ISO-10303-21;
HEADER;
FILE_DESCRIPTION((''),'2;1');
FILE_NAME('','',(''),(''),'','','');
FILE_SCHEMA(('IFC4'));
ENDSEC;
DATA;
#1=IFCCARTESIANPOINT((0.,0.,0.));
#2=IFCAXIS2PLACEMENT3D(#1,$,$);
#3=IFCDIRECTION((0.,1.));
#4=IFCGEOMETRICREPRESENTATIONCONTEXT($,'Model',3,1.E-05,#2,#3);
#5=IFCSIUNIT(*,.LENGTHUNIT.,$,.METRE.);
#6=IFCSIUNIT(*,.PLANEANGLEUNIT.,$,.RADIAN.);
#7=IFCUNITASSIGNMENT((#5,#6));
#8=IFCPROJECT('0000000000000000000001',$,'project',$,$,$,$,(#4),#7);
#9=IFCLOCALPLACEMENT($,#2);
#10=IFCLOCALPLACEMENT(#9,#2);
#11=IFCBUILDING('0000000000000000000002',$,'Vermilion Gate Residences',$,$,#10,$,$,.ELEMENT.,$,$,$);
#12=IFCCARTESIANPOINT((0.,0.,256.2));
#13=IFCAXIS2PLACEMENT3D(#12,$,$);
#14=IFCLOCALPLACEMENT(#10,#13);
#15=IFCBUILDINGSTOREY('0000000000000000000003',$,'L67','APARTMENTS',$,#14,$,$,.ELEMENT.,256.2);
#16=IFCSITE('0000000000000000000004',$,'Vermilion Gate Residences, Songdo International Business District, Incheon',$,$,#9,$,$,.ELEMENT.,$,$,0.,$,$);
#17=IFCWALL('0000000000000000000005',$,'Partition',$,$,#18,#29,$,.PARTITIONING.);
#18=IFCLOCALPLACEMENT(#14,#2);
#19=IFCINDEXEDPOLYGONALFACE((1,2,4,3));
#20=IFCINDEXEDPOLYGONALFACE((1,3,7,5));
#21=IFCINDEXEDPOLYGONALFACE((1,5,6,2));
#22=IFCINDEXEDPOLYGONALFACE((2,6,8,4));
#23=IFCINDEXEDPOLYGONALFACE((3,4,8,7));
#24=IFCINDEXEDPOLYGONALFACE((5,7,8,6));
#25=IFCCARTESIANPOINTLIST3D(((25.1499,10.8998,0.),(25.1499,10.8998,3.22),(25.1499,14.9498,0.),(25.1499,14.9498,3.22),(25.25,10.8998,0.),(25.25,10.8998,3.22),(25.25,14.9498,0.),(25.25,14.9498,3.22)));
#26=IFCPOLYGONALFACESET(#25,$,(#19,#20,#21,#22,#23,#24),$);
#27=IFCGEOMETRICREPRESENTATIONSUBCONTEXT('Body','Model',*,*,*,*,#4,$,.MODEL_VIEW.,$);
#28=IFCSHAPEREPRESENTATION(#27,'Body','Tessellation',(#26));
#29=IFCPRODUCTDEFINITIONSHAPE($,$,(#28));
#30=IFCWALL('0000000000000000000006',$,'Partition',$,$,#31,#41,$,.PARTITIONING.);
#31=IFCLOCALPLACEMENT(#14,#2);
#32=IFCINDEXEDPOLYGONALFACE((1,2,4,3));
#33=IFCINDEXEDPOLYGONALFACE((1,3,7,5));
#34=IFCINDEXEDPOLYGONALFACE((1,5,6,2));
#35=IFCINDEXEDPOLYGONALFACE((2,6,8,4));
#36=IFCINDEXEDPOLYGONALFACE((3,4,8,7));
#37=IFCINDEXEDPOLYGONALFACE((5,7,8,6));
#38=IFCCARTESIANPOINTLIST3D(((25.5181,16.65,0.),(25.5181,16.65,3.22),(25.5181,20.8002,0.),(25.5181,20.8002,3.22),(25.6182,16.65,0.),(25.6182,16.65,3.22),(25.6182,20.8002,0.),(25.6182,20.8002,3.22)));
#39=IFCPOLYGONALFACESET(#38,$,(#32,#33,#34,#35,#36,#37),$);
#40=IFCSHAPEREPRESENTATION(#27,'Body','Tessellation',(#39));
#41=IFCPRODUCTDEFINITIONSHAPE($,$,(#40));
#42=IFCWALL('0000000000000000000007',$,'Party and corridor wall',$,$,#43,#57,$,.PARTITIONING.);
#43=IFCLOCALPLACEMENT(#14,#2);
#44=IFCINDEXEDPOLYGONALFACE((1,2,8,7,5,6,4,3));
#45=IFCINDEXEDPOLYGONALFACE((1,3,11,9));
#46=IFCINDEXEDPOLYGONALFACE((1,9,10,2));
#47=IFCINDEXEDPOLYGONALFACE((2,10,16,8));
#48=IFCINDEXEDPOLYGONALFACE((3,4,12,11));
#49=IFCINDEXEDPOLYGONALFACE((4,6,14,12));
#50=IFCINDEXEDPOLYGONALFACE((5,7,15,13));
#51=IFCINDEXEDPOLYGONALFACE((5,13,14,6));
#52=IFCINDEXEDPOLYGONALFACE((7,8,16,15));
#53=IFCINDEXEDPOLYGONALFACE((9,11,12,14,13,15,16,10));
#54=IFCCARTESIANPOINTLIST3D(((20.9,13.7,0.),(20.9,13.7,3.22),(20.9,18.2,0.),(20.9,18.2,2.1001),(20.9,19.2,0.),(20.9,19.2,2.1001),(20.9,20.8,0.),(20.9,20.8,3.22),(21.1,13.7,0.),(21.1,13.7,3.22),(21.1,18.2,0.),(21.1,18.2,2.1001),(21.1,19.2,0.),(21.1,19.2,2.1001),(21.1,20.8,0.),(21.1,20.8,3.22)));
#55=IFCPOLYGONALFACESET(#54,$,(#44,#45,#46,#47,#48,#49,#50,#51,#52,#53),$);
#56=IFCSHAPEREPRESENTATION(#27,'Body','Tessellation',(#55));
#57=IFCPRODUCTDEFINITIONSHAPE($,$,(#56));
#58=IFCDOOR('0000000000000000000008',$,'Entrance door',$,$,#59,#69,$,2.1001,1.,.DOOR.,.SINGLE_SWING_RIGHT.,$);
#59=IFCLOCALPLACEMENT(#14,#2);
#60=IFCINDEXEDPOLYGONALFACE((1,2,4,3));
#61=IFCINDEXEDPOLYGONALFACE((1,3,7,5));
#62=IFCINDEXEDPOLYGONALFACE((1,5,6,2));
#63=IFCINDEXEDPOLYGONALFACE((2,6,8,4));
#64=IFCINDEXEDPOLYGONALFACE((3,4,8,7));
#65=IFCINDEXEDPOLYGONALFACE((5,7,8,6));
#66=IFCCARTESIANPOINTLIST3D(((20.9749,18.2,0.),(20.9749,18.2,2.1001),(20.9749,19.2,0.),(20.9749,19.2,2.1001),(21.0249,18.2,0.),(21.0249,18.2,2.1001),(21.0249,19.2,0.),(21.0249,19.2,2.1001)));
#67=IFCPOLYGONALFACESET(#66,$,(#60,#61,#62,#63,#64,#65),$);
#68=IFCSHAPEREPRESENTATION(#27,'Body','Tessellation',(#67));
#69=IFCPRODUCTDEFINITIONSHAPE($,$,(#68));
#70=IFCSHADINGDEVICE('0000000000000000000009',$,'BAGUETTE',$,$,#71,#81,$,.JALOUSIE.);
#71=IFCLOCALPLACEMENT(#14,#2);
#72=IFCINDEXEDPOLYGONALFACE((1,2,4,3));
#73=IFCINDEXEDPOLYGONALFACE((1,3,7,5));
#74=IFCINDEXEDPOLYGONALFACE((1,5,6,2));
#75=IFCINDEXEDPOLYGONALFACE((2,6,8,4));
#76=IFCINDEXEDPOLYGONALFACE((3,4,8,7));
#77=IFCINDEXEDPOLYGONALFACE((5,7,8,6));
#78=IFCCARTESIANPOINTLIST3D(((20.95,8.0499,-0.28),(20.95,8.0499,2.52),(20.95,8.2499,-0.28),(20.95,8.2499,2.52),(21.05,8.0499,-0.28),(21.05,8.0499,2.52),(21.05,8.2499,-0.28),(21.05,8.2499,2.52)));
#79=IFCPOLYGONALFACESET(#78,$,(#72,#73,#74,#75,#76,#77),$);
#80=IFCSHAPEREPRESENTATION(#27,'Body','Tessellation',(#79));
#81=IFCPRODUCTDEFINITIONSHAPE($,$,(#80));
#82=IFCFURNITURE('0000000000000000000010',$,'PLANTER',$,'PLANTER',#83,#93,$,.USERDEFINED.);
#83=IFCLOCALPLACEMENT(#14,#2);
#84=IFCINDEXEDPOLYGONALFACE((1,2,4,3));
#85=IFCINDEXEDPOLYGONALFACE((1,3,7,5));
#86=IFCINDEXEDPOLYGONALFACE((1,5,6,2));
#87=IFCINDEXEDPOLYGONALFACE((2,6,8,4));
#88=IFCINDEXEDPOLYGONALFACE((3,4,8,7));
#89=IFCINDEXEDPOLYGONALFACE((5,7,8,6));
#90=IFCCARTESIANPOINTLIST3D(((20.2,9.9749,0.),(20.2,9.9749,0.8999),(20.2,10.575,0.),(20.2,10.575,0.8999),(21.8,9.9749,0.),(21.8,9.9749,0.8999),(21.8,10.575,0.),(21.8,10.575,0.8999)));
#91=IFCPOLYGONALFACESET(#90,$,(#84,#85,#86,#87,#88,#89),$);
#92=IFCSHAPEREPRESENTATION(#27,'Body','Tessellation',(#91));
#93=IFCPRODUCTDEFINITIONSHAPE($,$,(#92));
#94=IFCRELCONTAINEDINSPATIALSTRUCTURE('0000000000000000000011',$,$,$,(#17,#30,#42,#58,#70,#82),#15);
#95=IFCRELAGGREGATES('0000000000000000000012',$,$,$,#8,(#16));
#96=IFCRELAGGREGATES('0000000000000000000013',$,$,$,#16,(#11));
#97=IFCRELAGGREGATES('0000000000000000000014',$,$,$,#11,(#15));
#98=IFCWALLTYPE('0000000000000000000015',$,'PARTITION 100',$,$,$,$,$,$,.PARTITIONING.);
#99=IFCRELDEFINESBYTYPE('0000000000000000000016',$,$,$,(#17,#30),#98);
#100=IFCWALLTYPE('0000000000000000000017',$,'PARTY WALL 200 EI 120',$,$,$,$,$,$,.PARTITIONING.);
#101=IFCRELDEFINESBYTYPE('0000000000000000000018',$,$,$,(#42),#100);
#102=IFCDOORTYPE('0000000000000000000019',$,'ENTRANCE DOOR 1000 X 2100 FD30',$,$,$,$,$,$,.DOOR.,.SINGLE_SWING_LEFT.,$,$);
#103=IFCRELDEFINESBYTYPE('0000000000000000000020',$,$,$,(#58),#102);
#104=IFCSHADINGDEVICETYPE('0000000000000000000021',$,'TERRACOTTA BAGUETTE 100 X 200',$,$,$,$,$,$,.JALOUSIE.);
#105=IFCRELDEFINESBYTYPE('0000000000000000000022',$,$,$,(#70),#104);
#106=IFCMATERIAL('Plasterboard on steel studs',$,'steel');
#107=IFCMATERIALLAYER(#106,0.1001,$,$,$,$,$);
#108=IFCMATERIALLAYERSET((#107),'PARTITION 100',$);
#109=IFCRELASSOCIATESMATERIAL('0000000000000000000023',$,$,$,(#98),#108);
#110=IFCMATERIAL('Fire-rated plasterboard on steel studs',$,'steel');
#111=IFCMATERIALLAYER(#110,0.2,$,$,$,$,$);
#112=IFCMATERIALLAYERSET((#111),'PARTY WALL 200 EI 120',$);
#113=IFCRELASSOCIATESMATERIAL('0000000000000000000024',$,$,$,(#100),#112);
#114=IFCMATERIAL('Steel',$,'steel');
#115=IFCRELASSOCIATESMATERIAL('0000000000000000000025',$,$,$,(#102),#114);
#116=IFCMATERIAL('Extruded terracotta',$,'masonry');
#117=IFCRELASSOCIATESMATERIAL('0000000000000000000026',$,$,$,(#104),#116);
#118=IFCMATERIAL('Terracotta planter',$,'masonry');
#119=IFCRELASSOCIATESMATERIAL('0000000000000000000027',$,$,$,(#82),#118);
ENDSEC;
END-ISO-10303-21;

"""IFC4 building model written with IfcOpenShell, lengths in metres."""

from ifc_helpers import new_model, si_unit, direction, frame, frame_2d, origin, origin_2d, place, context, subcontext, project, spatial, rectangle, extrude, material, layer, layer_set, material_profile, profile_set, type_object, element, fill, save


model = new_model("IFC4")

# Units and contexts
model_context = context("Model", 3, precision=1e-05, world=origin(), true_north=direction((0.0, 1.0)))
body_context = subcontext(model_context, "Body", "Model", "MODEL_VIEW")
ifc_project = project(units=[si_unit("LENGTHUNIT", "METRE"), si_unit("PLANEANGLEUNIT", "RADIAN")], contexts=[model_context])

# Site, building, storey
site_placement = place(None, origin())
site = spatial("IfcSite", under=ifc_project, at=site_placement, Name="Vermilion Gate Residences, Songdo International Business District, Incheon", CompositionType="ELEMENT", RefElevation=0.0)
building_placement = place(site_placement, origin())
building = spatial("IfcBuilding", under=site, at=building_placement, Name="Vermilion Gate Residences", CompositionType="ELEMENT")
storey_placement = place(building_placement, frame((0.0, 0.0, 256.2)))
storey = spatial("IfcBuildingStorey", under=building, at=storey_placement, Name="L67", Description="APARTMENTS", CompositionType="ELEMENT", Elevation=256.2)

# Shared definitions
ifc_material_1 = material(Name="Plasterboard on steel studs", Category="steel")
ifc_layer_1 = layer(ifc_material_1, 0.1001)
ifc_layer_set_1 = layer_set([ifc_layer_1], Name="PARTITION 100")
wall_type_1 = type_object("IfcWallType", Name="PARTITION 100", PredefinedType="PARTITIONING", material=ifc_layer_set_1)

# Walls
wall_1_placement = place(storey_placement, frame((25.2, 10.8999, 0.0), z_axis=(0.0, 0.0, 1.0), x_axis=(0.0, 1.0, 0.0)))
element("IfcWall", 1, at=wall_1_placement, inside=storey, type_object=wall_type_1, Name="Partition", PredefinedType="PARTITIONING", context=body_context, shape_type="SweptSolid", body=[
    extrude(rectangle(XDim=4.05, YDim=0.1001, at=frame_2d((2.0249, 0.0))), origin(), (0.0, 0.0, 1.0), 3.22),
])
wall_2_placement = place(storey_placement, frame((25.5681, 16.6499, 0.0), z_axis=(0.0, 0.0, 1.0), x_axis=(0.0, 1.0, 0.0)))
element("IfcWall", 2, at=wall_2_placement, inside=storey, type_object=wall_type_1, Name="Partition", PredefinedType="PARTITIONING", context=body_context, shape_type="SweptSolid", body=[
    extrude(rectangle(XDim=4.1501, YDim=0.1001, at=frame_2d((2.0752, 0.0))), origin(), (0.0, 0.0, 1.0), 3.22),
])

# Wall, opening, door
ifc_material_2 = material(Name="Fire-rated plasterboard on steel studs", Category="steel")
ifc_layer_2 = layer(ifc_material_2, 0.2)
ifc_layer_set_2 = layer_set([ifc_layer_2], Name="PARTY WALL 200 EI 120")
wall_type_2 = type_object("IfcWallType", Name="PARTY WALL 200 EI 120", PredefinedType="PARTITIONING", material=ifc_layer_set_2)
wall_3_placement = place(storey_placement, frame((21.0, 13.7, 0.0), z_axis=(0.0, 0.0, 1.0), x_axis=(0.0, 1.0, 0.0)))
wall_3 = element("IfcWall", 3, at=wall_3_placement, inside=storey, type_object=wall_type_2, Name="Party and corridor wall", PredefinedType="PARTITIONING", context=body_context, shape_type="SweptSolid", body=[
    extrude(rectangle(XDim=7.1001, YDim=0.2, at=frame_2d((3.55, 0.0))), origin(), (0.0, 0.0, 1.0), 3.22),
])
opening_1_placement = place(wall_3_placement, frame((4.5, 0.0, 0.0)))
opening_1 = element("IfcOpeningElement", 4, at=opening_1_placement, cuts=wall_3, PredefinedType="OPENING", context=body_context, shape_type="SweptSolid", body=[
    extrude(rectangle(XDim=1.0, YDim=2.1001, at=frame_2d((0.5, 1.05))), frame((0.0, 0.1099, 0.0), z_axis=(0.0, -1.0, 0.0), x_axis=(1.0, 0.0, 0.0)), (0.0, 0.0, 1.0), 0.22),
])
ifc_material_3 = material(Name="Steel", Category="steel")
door_type_1 = type_object("IfcDoorType", Name="ENTRANCE DOOR 1000 X 2100 FD30", OperationType="SINGLE_SWING_LEFT", PredefinedType="DOOR", material=ifc_material_3)
door_1_placement = place(opening_1_placement, frame((1.0, 0.0, 0.0), z_axis=(0.0, 0.0, 1.0), x_axis=(-1.0, 0.0, 0.0)))
door_1 = element("IfcDoor", 5, at=door_1_placement, inside=storey, type_object=door_type_1, Name="Entrance door", OperationType="SINGLE_SWING_RIGHT", OverallHeight=2.1001, OverallWidth=1.0, PredefinedType="DOOR", context=body_context, shape_type="SweptSolid", body=[
    extrude(rectangle(XDim=1.0, YDim=2.1001, at=frame_2d((0.5, 1.05))), frame((0.0, 0.0249, 0.0), z_axis=(0.0, -1.0, 0.0), x_axis=(1.0, 0.0, 0.0)), (0.0, 0.0, 1.0), 0.05),
])
fill(opening_1, door_1)

# Shading device
ifc_material_4 = material(Name="Extruded terracotta", Category="masonry")
ifc_material_profile_1 = material_profile(ifc_material_4, rectangle(XDim=0.2, YDim=0.1001, at=origin_2d()), Name="BAGUETTE 100 X 200")
ifc_profile_set_1 = profile_set([ifc_material_profile_1], Name="Extruded terracotta")
shading_device_type = type_object("IfcShadingDeviceType", Name="TERRACOTTA BAGUETTE 100 X 200", PredefinedType="JALOUSIE", material=ifc_profile_set_1)
shading_device_placement = place(storey_placement, frame((21.0, 8.1499, -0.28), z_axis=(0.0, 0.0, 1.0), x_axis=(0.0, 1.0, 0.0)))
element("IfcShadingDevice", 6, at=shading_device_placement, inside=storey, type_object=shading_device_type, Name="BAGUETTE", PredefinedType="JALOUSIE", context=body_context, shape_type="SweptSolid", body=[
    extrude(rectangle(XDim=0.2, YDim=0.1001, at=origin_2d()), origin(), (0.0, 0.0, 1.0), 2.8),
])

# Furniture
ifc_material_5 = material(Name="Terracotta planter", Category="masonry")
furniture_placement = place(storey_placement, frame((21.0, 10.2749, 0.0), z_axis=(0.0, 0.0, 1.0), x_axis=(1.0, 0.0, 0.0)))
element("IfcFurniture", 7, at=furniture_placement, inside=storey, material=ifc_material_5, Name="PLANTER", ObjectType="PLANTER", PredefinedType="USERDEFINED", context=body_context, shape_type="SweptSolid", body=[
    extrude(rectangle(XDim=1.6001, YDim=0.6001, at=origin_2d()), origin(), (0.0, 0.0, 1.0), 0.8999),
])

save(model, "model.ifc")
